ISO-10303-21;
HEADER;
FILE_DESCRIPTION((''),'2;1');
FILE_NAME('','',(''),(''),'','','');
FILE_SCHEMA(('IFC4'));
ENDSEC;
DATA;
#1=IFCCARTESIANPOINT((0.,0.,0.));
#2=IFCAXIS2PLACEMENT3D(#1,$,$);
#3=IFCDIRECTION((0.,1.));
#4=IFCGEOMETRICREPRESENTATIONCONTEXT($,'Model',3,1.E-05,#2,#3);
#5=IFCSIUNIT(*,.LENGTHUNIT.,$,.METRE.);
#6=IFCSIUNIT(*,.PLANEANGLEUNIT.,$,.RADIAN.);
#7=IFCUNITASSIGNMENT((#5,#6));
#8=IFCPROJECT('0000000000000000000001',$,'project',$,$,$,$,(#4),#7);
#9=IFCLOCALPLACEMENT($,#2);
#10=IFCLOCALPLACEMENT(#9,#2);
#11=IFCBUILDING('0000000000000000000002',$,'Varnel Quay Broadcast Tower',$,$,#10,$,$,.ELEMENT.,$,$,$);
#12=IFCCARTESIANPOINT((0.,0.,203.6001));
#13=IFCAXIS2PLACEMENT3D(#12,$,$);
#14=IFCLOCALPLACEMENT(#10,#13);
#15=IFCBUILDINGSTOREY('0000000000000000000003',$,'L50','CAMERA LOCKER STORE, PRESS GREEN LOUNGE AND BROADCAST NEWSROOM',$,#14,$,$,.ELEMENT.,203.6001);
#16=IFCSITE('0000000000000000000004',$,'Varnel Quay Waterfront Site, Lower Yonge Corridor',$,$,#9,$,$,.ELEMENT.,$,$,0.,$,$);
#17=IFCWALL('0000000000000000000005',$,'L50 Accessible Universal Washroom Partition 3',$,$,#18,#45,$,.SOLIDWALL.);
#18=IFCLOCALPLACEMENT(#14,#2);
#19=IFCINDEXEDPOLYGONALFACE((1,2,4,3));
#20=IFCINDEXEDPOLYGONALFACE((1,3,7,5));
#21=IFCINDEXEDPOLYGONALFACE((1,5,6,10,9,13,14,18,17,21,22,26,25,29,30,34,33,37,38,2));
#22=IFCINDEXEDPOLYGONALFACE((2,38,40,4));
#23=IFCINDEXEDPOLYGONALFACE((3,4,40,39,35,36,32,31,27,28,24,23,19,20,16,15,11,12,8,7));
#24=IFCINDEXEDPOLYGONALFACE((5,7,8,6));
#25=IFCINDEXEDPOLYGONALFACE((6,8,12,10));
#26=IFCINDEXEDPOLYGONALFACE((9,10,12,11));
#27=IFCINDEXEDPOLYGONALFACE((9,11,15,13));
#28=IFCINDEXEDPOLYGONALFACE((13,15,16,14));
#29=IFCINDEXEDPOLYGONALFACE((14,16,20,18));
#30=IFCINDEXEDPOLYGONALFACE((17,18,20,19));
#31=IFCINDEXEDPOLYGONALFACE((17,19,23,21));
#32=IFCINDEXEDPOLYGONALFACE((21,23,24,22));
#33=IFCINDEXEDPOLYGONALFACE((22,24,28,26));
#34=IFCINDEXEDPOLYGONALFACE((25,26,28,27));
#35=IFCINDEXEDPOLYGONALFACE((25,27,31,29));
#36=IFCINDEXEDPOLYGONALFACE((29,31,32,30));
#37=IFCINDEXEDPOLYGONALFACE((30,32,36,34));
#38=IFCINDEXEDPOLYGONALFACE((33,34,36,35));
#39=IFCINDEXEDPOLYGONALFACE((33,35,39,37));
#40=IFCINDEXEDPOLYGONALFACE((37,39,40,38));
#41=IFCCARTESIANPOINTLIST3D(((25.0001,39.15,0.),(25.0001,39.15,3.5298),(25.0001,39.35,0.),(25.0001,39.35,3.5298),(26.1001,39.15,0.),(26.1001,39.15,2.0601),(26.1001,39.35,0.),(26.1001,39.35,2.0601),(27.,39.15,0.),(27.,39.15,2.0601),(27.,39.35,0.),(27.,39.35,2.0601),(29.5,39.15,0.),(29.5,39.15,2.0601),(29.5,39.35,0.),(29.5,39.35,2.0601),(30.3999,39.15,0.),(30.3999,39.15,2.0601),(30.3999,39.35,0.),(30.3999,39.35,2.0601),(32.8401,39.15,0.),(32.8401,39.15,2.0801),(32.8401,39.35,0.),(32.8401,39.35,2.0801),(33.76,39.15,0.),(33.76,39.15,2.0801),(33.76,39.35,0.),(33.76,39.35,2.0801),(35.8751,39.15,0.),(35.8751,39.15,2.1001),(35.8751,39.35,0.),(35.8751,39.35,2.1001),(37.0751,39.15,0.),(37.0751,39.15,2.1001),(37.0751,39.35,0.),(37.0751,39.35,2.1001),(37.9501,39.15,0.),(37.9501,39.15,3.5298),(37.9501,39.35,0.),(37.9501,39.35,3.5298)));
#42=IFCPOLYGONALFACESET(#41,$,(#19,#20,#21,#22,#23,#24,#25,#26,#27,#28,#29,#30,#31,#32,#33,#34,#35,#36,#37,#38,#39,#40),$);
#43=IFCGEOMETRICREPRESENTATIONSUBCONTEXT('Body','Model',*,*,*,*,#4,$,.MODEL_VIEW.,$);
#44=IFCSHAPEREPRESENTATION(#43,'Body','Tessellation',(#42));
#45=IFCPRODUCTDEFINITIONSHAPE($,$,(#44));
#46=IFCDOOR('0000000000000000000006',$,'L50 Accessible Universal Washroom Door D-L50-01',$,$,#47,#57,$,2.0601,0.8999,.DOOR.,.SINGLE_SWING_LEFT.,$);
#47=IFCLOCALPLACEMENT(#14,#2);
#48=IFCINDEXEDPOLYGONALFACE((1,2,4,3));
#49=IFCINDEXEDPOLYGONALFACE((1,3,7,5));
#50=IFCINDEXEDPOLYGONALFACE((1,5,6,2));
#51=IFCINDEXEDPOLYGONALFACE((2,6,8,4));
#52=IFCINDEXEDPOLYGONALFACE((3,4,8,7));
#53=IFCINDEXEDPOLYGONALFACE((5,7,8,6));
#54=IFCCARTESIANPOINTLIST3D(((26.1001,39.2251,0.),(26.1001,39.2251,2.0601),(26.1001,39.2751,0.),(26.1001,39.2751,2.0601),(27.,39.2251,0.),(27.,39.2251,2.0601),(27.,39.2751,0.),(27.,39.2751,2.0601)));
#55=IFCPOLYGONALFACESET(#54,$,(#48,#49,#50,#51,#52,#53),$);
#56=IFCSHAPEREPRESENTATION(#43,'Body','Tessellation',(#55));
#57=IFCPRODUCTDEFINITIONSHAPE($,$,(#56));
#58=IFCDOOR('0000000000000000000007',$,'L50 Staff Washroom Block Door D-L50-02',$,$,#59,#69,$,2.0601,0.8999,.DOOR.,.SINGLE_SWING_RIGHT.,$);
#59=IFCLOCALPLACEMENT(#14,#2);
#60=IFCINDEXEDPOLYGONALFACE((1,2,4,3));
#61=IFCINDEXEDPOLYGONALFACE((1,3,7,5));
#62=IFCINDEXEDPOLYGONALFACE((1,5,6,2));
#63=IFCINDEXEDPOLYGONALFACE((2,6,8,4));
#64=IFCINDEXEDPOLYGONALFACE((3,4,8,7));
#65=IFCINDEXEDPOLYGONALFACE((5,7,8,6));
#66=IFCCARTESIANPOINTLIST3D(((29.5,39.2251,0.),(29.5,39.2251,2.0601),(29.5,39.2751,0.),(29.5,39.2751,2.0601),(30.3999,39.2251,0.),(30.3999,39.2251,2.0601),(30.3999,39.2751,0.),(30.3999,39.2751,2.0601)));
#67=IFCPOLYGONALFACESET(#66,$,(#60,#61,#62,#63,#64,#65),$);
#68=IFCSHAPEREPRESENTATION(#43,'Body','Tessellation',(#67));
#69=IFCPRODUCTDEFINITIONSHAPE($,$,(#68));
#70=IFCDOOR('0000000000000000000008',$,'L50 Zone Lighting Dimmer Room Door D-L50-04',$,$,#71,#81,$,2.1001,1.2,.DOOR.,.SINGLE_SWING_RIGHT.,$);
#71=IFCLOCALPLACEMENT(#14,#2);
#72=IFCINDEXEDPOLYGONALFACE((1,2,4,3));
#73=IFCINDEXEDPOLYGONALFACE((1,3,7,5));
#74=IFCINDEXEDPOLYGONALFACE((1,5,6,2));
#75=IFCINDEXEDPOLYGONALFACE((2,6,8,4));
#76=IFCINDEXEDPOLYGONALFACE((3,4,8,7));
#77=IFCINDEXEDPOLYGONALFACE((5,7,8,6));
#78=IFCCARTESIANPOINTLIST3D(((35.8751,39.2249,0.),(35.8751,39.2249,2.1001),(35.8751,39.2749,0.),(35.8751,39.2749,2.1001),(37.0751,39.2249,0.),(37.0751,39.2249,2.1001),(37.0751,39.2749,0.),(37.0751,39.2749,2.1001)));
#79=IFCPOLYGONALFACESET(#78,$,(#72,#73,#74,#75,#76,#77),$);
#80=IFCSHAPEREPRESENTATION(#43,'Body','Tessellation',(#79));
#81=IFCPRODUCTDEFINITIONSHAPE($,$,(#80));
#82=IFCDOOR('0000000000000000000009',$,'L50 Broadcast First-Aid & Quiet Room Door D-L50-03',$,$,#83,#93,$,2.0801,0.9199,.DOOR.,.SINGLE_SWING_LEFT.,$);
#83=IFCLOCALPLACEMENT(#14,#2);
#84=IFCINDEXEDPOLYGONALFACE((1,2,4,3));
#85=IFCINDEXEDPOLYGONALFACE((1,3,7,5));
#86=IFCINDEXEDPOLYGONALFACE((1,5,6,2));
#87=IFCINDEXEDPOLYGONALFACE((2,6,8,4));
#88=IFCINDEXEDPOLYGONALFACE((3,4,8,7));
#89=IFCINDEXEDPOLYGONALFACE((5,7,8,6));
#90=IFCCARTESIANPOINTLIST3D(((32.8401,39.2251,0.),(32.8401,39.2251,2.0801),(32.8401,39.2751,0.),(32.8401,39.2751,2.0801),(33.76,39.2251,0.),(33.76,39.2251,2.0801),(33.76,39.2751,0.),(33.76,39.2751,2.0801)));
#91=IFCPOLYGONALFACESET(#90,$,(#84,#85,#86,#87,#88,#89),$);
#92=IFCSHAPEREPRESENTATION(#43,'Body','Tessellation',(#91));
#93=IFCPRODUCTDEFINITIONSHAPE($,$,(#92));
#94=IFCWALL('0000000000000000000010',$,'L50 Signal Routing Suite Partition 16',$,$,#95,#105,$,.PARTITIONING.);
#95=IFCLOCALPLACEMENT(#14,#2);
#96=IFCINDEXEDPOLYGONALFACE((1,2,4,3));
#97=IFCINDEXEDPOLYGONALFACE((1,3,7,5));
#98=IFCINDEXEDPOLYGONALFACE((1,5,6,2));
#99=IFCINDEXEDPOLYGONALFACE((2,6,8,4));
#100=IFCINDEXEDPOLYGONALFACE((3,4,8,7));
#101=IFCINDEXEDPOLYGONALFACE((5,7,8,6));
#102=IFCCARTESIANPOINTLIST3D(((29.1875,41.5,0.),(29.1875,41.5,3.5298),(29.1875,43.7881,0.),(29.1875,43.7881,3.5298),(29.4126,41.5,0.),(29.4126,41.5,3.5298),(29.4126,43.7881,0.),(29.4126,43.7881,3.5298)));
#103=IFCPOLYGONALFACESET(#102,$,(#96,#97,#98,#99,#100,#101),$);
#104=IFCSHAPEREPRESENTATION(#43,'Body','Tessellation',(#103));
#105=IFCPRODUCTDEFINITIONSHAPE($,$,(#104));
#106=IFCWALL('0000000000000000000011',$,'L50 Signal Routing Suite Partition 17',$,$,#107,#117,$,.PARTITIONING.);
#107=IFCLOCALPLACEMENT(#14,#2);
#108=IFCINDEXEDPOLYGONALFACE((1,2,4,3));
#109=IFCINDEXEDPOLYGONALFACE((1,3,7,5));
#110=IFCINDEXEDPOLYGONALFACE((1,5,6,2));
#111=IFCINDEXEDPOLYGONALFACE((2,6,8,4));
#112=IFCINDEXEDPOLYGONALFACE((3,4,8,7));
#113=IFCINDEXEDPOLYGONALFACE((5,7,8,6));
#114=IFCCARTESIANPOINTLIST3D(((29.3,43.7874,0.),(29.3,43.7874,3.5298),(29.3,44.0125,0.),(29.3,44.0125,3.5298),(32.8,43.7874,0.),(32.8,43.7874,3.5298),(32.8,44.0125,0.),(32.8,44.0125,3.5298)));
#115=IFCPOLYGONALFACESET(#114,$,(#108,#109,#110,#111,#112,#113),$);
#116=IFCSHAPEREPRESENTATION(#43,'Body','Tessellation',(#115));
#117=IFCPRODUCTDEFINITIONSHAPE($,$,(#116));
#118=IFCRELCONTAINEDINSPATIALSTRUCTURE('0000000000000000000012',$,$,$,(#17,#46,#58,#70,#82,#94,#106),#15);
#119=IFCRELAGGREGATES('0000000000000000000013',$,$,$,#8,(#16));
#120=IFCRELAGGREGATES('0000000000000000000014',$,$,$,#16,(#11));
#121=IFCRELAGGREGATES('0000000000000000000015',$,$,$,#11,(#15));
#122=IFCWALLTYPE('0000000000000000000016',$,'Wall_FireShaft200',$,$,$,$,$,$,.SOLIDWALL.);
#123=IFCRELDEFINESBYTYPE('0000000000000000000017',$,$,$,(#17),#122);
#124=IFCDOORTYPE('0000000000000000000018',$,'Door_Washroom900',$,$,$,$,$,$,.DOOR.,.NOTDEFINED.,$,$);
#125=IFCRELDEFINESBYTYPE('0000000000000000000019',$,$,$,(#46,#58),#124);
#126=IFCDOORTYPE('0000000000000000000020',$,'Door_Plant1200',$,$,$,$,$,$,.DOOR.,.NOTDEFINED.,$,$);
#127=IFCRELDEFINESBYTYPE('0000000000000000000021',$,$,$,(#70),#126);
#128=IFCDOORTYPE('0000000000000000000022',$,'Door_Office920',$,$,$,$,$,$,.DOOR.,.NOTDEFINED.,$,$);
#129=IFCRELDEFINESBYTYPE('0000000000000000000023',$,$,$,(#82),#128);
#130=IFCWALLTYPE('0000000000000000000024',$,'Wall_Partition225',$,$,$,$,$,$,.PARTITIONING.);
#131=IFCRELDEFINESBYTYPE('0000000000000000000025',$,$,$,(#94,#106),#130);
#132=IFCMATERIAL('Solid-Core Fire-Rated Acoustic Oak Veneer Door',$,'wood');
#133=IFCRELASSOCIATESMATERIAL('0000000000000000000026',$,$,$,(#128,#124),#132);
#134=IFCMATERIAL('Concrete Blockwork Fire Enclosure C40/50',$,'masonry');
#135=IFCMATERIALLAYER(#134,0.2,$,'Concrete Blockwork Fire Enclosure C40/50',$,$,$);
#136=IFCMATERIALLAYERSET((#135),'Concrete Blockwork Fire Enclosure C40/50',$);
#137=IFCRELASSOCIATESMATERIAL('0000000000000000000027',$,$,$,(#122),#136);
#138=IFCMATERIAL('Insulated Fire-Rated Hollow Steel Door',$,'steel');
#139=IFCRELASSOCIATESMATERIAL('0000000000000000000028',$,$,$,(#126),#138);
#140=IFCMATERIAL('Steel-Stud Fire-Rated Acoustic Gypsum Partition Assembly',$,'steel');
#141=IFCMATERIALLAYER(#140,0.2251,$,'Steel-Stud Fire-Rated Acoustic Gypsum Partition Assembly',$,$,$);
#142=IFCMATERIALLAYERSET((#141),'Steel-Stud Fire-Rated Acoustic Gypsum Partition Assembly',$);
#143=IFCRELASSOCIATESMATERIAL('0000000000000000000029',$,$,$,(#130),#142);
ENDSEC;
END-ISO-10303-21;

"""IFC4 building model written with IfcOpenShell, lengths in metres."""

from ifc_helpers import new_model, si_unit, direction, frame, frame_2d, origin, place, context, subcontext, project, spatial, rectangle, extrude, source, transform, mapped, material, layer, layer_set, type_object, type_shapes, element, fill, save


model = new_model("IFC4")

# Units and contexts
model_context = context("Model", 3, precision=1e-05, world=origin(), true_north=direction((0.0, 1.0)))
body_context = subcontext(model_context, "Body", "Model", "MODEL_VIEW")
ifc_project = project(units=[si_unit("LENGTHUNIT", "METRE"), si_unit("PLANEANGLEUNIT", "RADIAN")], contexts=[model_context])

# Site, building, storey
site_placement = place(None, origin())
site = spatial("IfcSite", under=ifc_project, at=site_placement, Name="Varnel Quay Waterfront Site, Lower Yonge Corridor", CompositionType="ELEMENT", RefElevation=0.0)
building_placement = place(site_placement, origin())
building = spatial("IfcBuilding", under=site, at=building_placement, Name="Varnel Quay Broadcast Tower", CompositionType="ELEMENT")
storey_placement = place(building_placement, frame((0.0, 0.0, 203.6001)))
storey = spatial("IfcBuildingStorey", under=building, at=storey_placement, Name="L50", Description="CAMERA LOCKER STORE, PRESS GREEN LOUNGE AND BROADCAST NEWSROOM", CompositionType="ELEMENT", Elevation=203.6001)

# Wall, openings, doors
ifc_material_1 = material(Name="Solid-Core Fire-Rated Acoustic Oak Veneer Door", Category="wood")
door_type_1 = type_object("IfcDoorType", Name="Door_Office920", OperationType="NOTDEFINED", PredefinedType="DOOR", material=ifc_material_1)
shared_shape_1 = source(origin(), body_context, "Body", "SweptSolid", [
    extrude(rectangle(XDim=0.9199, YDim=2.0801, at=frame_2d((0.46, 1.04))), frame((0.0, 0.0249, 0.0), z_axis=(0.0, -1.0, 0.0), x_axis=(1.0, 0.0, 0.0)), (0.0, 0.0, 1.0), 0.05),
])
type_shapes(door_type_1, [shared_shape_1])
ifc_material_2 = material(Name="Concrete Blockwork Fire Enclosure C40/50", Category="masonry")
ifc_layer_1 = layer(ifc_material_2, 0.2, Name="Concrete Blockwork Fire Enclosure C40/50")
ifc_layer_set_1 = layer_set([ifc_layer_1], Name="Concrete Blockwork Fire Enclosure C40/50")
wall_type_1 = type_object("IfcWallType", Name="Wall_FireShaft200", PredefinedType="SOLIDWALL", material=ifc_layer_set_1)
wall_1_placement = place(storey_placement, frame((25.0, 39.25, 0.0), z_axis=(0.0, 0.0, 1.0), x_axis=(1.0, 0.0, 0.0)))
wall_1 = element("IfcWall", 1, at=wall_1_placement, inside=storey, type_object=wall_type_1, Name="L50 Accessible Universal Washroom Partition 3", PredefinedType="SOLIDWALL", context=body_context, shape_type="SweptSolid", body=[
    extrude(rectangle(XDim=12.95, YDim=0.2, at=frame_2d((6.4751, 0.0))), origin(), (0.0, 0.0, 1.0), 3.5298),
])
opening_1_placement = place(wall_1_placement, frame((1.1001, 0.0, 0.0)))
opening_1 = element("IfcOpeningElement", 2, at=opening_1_placement, cuts=wall_1, PredefinedType="OPENING", context=body_context, shape_type="SweptSolid", body=[
    extrude(rectangle(XDim=0.8999, YDim=2.0601, at=frame_2d((0.45, 1.03))), frame((0.0, 0.1099, 0.0), z_axis=(0.0, -1.0, 0.0), x_axis=(1.0, 0.0, 0.0)), (0.0, 0.0, 1.0), 0.22),
])
opening_2_placement = place(wall_1_placement, frame((4.5, 0.0, 0.0)))
opening_2 = element("IfcOpeningElement", 3, at=opening_2_placement, cuts=wall_1, PredefinedType="OPENING", context=body_context, shape_type="SweptSolid", body=[
    extrude(rectangle(XDim=0.8999, YDim=2.0601, at=frame_2d((0.45, 1.03))), frame((0.0, 0.1099, 0.0), z_axis=(0.0, -1.0, 0.0), x_axis=(1.0, 0.0, 0.0)), (0.0, 0.0, 1.0), 0.22),
])
opening_3_placement = place(wall_1_placement, frame((7.8401, 0.0, 0.0)))
opening_3 = element("IfcOpeningElement", 4, at=opening_3_placement, cuts=wall_1, PredefinedType="OPENING", context=body_context, shape_type="SweptSolid", body=[
    extrude(rectangle(XDim=0.9199, YDim=2.0801, at=frame_2d((0.46, 1.04))), frame((0.0, 0.1099, 0.0), z_axis=(0.0, -1.0, 0.0), x_axis=(1.0, 0.0, 0.0)), (0.0, 0.0, 1.0), 0.22),
])
opening_4_placement = place(wall_1_placement, frame((10.875, 0.0, 0.0)))
opening_4 = element("IfcOpeningElement", 5, at=opening_4_placement, cuts=wall_1, PredefinedType="OPENING", context=body_context, shape_type="SweptSolid", body=[
    extrude(rectangle(XDim=1.2, YDim=2.1001, at=frame_2d((0.6001, 1.05))), frame((0.0, 0.1099, 0.0), z_axis=(0.0, -1.0, 0.0), x_axis=(1.0, 0.0, 0.0)), (0.0, 0.0, 1.0), 0.22),
])
door_type_2 = type_object("IfcDoorType", Name="Door_Washroom900", OperationType="NOTDEFINED", PredefinedType="DOOR", material=ifc_material_1)
shared_shape_2 = source(origin(), body_context, "Body", "SweptSolid", [
    extrude(rectangle(XDim=0.8999, YDim=2.0601, at=frame_2d((0.45, 1.03))), frame((0.0, 0.0249, 0.0), z_axis=(0.0, -1.0, 0.0), x_axis=(1.0, 0.0, 0.0)), (0.0, 0.0, 1.0), 0.05),
])
type_shapes(door_type_2, [shared_shape_2])
door_1_placement = place(opening_1_placement, frame((0.8999, 0.0, 0.0), z_axis=(0.0, 0.0, 1.0), x_axis=(-1.0, 0.0, 0.0)))
door_1 = element("IfcDoor", 6, at=door_1_placement, inside=storey, type_object=door_type_2, Name="L50 Accessible Universal Washroom Door D-L50-01", OperationType="SINGLE_SWING_LEFT", OverallHeight=2.0601, OverallWidth=0.8999, PredefinedType="DOOR", context=body_context, shape_type="MappedRepresentation", body=[
    mapped(shared_shape_2, transform((0.0, 0.0, 0.0), x_axis=(1.0, 0.0, 0.0), y_axis=(0.0, 1.0, 0.0), z_axis=(0.0, 0.0, 1.0), scale=1.0)),
])
fill(opening_1, door_1)
door_2_placement = place(opening_2_placement, frame((0.8999, 0.0, 0.0), z_axis=(0.0, 0.0, 1.0), x_axis=(-1.0, 0.0, 0.0)))
door_2 = element("IfcDoor", 7, at=door_2_placement, inside=storey, type_object=door_type_2, Name="L50 Staff Washroom Block Door D-L50-02", OperationType="SINGLE_SWING_RIGHT", OverallHeight=2.0601, OverallWidth=0.8999, PredefinedType="DOOR", context=body_context, shape_type="MappedRepresentation", body=[
    mapped(shared_shape_2, transform((0.0, 0.0, 0.0), x_axis=(1.0, 0.0, 0.0), y_axis=(0.0, 1.0, 0.0), z_axis=(0.0, 0.0, 1.0), scale=1.0)),
])
fill(opening_2, door_2)
ifc_material_3 = material(Name="Insulated Fire-Rated Hollow Steel Door", Category="steel")
door_type_3 = type_object("IfcDoorType", Name="Door_Plant1200", OperationType="NOTDEFINED", PredefinedType="DOOR", material=ifc_material_3)
shared_shape_3 = source(origin(), body_context, "Body", "SweptSolid", [
    extrude(rectangle(XDim=1.2, YDim=2.1001, at=frame_2d((0.6001, 1.05))), frame((0.0, 0.0249, 0.0), z_axis=(0.0, -1.0, 0.0), x_axis=(1.0, 0.0, 0.0)), (0.0, 0.0, 1.0), 0.05),
])
type_shapes(door_type_3, [shared_shape_3])
door_3_placement = place(opening_4_placement, origin())
door_3 = element("IfcDoor", 8, at=door_3_placement, inside=storey, type_object=door_type_3, Name="L50 Zone Lighting Dimmer Room Door D-L50-04", OperationType="SINGLE_SWING_RIGHT", OverallHeight=2.1001, OverallWidth=1.2, PredefinedType="DOOR", context=body_context, shape_type="MappedRepresentation", body=[
    mapped(shared_shape_3, transform((0.0, 0.0, 0.0), x_axis=(1.0, 0.0, 0.0), y_axis=(0.0, 1.0, 0.0), z_axis=(0.0, 0.0, 1.0), scale=1.0)),
])
fill(opening_4, door_3)
door_4_placement = place(opening_3_placement, frame((0.9199, 0.0, 0.0), z_axis=(0.0, 0.0, 1.0), x_axis=(-1.0, 0.0, 0.0)))
door_4 = element("IfcDoor", 9, at=door_4_placement, inside=storey, type_object=door_type_1, Name="L50 Broadcast First-Aid & Quiet Room Door D-L50-03", OperationType="SINGLE_SWING_LEFT", OverallHeight=2.0801, OverallWidth=0.9199, PredefinedType="DOOR", context=body_context, shape_type="MappedRepresentation", body=[
    mapped(shared_shape_1, transform((0.0, 0.0, 0.0), x_axis=(1.0, 0.0, 0.0), y_axis=(0.0, 1.0, 0.0), z_axis=(0.0, 0.0, 1.0), scale=1.0)),
])
fill(opening_3, door_4)

# Walls
ifc_material_4 = material(Name="Steel-Stud Fire-Rated Acoustic Gypsum Partition Assembly", Category="steel")
ifc_layer_2 = layer(ifc_material_4, 0.2251, Name="Steel-Stud Fire-Rated Acoustic Gypsum Partition Assembly")
ifc_layer_set_2 = layer_set([ifc_layer_2], Name="Steel-Stud Fire-Rated Acoustic Gypsum Partition Assembly")
wall_type_2 = type_object("IfcWallType", Name="Wall_Partition225", PredefinedType="PARTITIONING", material=ifc_layer_set_2)
wall_2_placement = place(storey_placement, frame((29.3, 41.5, 0.0), z_axis=(0.0, 0.0, 1.0), x_axis=(0.0, 1.0, 0.0)))
element("IfcWall", 10, at=wall_2_placement, inside=storey, type_object=wall_type_2, Name="L50 Signal Routing Suite Partition 16", PredefinedType="PARTITIONING", context=body_context, shape_type="SweptSolid", body=[
    extrude(rectangle(XDim=2.2881, YDim=0.2251, at=frame_2d((1.144, 0.0))), origin(), (0.0, 0.0, 1.0), 3.5298),
])
wall_3_placement = place(storey_placement, frame((29.3, 43.8999, 0.0), z_axis=(0.0, 0.0, 1.0), x_axis=(1.0, 0.0, 0.0)))
element("IfcWall", 11, at=wall_3_placement, inside=storey, type_object=wall_type_2, Name="L50 Signal Routing Suite Partition 17", PredefinedType="PARTITIONING", context=body_context, shape_type="SweptSolid", body=[
    extrude(rectangle(XDim=3.5, YDim=0.2251, at=frame_2d((1.75, 0.0))), origin(), (0.0, 0.0, 1.0), 3.5298),
])

save(model, "model.ifc")
